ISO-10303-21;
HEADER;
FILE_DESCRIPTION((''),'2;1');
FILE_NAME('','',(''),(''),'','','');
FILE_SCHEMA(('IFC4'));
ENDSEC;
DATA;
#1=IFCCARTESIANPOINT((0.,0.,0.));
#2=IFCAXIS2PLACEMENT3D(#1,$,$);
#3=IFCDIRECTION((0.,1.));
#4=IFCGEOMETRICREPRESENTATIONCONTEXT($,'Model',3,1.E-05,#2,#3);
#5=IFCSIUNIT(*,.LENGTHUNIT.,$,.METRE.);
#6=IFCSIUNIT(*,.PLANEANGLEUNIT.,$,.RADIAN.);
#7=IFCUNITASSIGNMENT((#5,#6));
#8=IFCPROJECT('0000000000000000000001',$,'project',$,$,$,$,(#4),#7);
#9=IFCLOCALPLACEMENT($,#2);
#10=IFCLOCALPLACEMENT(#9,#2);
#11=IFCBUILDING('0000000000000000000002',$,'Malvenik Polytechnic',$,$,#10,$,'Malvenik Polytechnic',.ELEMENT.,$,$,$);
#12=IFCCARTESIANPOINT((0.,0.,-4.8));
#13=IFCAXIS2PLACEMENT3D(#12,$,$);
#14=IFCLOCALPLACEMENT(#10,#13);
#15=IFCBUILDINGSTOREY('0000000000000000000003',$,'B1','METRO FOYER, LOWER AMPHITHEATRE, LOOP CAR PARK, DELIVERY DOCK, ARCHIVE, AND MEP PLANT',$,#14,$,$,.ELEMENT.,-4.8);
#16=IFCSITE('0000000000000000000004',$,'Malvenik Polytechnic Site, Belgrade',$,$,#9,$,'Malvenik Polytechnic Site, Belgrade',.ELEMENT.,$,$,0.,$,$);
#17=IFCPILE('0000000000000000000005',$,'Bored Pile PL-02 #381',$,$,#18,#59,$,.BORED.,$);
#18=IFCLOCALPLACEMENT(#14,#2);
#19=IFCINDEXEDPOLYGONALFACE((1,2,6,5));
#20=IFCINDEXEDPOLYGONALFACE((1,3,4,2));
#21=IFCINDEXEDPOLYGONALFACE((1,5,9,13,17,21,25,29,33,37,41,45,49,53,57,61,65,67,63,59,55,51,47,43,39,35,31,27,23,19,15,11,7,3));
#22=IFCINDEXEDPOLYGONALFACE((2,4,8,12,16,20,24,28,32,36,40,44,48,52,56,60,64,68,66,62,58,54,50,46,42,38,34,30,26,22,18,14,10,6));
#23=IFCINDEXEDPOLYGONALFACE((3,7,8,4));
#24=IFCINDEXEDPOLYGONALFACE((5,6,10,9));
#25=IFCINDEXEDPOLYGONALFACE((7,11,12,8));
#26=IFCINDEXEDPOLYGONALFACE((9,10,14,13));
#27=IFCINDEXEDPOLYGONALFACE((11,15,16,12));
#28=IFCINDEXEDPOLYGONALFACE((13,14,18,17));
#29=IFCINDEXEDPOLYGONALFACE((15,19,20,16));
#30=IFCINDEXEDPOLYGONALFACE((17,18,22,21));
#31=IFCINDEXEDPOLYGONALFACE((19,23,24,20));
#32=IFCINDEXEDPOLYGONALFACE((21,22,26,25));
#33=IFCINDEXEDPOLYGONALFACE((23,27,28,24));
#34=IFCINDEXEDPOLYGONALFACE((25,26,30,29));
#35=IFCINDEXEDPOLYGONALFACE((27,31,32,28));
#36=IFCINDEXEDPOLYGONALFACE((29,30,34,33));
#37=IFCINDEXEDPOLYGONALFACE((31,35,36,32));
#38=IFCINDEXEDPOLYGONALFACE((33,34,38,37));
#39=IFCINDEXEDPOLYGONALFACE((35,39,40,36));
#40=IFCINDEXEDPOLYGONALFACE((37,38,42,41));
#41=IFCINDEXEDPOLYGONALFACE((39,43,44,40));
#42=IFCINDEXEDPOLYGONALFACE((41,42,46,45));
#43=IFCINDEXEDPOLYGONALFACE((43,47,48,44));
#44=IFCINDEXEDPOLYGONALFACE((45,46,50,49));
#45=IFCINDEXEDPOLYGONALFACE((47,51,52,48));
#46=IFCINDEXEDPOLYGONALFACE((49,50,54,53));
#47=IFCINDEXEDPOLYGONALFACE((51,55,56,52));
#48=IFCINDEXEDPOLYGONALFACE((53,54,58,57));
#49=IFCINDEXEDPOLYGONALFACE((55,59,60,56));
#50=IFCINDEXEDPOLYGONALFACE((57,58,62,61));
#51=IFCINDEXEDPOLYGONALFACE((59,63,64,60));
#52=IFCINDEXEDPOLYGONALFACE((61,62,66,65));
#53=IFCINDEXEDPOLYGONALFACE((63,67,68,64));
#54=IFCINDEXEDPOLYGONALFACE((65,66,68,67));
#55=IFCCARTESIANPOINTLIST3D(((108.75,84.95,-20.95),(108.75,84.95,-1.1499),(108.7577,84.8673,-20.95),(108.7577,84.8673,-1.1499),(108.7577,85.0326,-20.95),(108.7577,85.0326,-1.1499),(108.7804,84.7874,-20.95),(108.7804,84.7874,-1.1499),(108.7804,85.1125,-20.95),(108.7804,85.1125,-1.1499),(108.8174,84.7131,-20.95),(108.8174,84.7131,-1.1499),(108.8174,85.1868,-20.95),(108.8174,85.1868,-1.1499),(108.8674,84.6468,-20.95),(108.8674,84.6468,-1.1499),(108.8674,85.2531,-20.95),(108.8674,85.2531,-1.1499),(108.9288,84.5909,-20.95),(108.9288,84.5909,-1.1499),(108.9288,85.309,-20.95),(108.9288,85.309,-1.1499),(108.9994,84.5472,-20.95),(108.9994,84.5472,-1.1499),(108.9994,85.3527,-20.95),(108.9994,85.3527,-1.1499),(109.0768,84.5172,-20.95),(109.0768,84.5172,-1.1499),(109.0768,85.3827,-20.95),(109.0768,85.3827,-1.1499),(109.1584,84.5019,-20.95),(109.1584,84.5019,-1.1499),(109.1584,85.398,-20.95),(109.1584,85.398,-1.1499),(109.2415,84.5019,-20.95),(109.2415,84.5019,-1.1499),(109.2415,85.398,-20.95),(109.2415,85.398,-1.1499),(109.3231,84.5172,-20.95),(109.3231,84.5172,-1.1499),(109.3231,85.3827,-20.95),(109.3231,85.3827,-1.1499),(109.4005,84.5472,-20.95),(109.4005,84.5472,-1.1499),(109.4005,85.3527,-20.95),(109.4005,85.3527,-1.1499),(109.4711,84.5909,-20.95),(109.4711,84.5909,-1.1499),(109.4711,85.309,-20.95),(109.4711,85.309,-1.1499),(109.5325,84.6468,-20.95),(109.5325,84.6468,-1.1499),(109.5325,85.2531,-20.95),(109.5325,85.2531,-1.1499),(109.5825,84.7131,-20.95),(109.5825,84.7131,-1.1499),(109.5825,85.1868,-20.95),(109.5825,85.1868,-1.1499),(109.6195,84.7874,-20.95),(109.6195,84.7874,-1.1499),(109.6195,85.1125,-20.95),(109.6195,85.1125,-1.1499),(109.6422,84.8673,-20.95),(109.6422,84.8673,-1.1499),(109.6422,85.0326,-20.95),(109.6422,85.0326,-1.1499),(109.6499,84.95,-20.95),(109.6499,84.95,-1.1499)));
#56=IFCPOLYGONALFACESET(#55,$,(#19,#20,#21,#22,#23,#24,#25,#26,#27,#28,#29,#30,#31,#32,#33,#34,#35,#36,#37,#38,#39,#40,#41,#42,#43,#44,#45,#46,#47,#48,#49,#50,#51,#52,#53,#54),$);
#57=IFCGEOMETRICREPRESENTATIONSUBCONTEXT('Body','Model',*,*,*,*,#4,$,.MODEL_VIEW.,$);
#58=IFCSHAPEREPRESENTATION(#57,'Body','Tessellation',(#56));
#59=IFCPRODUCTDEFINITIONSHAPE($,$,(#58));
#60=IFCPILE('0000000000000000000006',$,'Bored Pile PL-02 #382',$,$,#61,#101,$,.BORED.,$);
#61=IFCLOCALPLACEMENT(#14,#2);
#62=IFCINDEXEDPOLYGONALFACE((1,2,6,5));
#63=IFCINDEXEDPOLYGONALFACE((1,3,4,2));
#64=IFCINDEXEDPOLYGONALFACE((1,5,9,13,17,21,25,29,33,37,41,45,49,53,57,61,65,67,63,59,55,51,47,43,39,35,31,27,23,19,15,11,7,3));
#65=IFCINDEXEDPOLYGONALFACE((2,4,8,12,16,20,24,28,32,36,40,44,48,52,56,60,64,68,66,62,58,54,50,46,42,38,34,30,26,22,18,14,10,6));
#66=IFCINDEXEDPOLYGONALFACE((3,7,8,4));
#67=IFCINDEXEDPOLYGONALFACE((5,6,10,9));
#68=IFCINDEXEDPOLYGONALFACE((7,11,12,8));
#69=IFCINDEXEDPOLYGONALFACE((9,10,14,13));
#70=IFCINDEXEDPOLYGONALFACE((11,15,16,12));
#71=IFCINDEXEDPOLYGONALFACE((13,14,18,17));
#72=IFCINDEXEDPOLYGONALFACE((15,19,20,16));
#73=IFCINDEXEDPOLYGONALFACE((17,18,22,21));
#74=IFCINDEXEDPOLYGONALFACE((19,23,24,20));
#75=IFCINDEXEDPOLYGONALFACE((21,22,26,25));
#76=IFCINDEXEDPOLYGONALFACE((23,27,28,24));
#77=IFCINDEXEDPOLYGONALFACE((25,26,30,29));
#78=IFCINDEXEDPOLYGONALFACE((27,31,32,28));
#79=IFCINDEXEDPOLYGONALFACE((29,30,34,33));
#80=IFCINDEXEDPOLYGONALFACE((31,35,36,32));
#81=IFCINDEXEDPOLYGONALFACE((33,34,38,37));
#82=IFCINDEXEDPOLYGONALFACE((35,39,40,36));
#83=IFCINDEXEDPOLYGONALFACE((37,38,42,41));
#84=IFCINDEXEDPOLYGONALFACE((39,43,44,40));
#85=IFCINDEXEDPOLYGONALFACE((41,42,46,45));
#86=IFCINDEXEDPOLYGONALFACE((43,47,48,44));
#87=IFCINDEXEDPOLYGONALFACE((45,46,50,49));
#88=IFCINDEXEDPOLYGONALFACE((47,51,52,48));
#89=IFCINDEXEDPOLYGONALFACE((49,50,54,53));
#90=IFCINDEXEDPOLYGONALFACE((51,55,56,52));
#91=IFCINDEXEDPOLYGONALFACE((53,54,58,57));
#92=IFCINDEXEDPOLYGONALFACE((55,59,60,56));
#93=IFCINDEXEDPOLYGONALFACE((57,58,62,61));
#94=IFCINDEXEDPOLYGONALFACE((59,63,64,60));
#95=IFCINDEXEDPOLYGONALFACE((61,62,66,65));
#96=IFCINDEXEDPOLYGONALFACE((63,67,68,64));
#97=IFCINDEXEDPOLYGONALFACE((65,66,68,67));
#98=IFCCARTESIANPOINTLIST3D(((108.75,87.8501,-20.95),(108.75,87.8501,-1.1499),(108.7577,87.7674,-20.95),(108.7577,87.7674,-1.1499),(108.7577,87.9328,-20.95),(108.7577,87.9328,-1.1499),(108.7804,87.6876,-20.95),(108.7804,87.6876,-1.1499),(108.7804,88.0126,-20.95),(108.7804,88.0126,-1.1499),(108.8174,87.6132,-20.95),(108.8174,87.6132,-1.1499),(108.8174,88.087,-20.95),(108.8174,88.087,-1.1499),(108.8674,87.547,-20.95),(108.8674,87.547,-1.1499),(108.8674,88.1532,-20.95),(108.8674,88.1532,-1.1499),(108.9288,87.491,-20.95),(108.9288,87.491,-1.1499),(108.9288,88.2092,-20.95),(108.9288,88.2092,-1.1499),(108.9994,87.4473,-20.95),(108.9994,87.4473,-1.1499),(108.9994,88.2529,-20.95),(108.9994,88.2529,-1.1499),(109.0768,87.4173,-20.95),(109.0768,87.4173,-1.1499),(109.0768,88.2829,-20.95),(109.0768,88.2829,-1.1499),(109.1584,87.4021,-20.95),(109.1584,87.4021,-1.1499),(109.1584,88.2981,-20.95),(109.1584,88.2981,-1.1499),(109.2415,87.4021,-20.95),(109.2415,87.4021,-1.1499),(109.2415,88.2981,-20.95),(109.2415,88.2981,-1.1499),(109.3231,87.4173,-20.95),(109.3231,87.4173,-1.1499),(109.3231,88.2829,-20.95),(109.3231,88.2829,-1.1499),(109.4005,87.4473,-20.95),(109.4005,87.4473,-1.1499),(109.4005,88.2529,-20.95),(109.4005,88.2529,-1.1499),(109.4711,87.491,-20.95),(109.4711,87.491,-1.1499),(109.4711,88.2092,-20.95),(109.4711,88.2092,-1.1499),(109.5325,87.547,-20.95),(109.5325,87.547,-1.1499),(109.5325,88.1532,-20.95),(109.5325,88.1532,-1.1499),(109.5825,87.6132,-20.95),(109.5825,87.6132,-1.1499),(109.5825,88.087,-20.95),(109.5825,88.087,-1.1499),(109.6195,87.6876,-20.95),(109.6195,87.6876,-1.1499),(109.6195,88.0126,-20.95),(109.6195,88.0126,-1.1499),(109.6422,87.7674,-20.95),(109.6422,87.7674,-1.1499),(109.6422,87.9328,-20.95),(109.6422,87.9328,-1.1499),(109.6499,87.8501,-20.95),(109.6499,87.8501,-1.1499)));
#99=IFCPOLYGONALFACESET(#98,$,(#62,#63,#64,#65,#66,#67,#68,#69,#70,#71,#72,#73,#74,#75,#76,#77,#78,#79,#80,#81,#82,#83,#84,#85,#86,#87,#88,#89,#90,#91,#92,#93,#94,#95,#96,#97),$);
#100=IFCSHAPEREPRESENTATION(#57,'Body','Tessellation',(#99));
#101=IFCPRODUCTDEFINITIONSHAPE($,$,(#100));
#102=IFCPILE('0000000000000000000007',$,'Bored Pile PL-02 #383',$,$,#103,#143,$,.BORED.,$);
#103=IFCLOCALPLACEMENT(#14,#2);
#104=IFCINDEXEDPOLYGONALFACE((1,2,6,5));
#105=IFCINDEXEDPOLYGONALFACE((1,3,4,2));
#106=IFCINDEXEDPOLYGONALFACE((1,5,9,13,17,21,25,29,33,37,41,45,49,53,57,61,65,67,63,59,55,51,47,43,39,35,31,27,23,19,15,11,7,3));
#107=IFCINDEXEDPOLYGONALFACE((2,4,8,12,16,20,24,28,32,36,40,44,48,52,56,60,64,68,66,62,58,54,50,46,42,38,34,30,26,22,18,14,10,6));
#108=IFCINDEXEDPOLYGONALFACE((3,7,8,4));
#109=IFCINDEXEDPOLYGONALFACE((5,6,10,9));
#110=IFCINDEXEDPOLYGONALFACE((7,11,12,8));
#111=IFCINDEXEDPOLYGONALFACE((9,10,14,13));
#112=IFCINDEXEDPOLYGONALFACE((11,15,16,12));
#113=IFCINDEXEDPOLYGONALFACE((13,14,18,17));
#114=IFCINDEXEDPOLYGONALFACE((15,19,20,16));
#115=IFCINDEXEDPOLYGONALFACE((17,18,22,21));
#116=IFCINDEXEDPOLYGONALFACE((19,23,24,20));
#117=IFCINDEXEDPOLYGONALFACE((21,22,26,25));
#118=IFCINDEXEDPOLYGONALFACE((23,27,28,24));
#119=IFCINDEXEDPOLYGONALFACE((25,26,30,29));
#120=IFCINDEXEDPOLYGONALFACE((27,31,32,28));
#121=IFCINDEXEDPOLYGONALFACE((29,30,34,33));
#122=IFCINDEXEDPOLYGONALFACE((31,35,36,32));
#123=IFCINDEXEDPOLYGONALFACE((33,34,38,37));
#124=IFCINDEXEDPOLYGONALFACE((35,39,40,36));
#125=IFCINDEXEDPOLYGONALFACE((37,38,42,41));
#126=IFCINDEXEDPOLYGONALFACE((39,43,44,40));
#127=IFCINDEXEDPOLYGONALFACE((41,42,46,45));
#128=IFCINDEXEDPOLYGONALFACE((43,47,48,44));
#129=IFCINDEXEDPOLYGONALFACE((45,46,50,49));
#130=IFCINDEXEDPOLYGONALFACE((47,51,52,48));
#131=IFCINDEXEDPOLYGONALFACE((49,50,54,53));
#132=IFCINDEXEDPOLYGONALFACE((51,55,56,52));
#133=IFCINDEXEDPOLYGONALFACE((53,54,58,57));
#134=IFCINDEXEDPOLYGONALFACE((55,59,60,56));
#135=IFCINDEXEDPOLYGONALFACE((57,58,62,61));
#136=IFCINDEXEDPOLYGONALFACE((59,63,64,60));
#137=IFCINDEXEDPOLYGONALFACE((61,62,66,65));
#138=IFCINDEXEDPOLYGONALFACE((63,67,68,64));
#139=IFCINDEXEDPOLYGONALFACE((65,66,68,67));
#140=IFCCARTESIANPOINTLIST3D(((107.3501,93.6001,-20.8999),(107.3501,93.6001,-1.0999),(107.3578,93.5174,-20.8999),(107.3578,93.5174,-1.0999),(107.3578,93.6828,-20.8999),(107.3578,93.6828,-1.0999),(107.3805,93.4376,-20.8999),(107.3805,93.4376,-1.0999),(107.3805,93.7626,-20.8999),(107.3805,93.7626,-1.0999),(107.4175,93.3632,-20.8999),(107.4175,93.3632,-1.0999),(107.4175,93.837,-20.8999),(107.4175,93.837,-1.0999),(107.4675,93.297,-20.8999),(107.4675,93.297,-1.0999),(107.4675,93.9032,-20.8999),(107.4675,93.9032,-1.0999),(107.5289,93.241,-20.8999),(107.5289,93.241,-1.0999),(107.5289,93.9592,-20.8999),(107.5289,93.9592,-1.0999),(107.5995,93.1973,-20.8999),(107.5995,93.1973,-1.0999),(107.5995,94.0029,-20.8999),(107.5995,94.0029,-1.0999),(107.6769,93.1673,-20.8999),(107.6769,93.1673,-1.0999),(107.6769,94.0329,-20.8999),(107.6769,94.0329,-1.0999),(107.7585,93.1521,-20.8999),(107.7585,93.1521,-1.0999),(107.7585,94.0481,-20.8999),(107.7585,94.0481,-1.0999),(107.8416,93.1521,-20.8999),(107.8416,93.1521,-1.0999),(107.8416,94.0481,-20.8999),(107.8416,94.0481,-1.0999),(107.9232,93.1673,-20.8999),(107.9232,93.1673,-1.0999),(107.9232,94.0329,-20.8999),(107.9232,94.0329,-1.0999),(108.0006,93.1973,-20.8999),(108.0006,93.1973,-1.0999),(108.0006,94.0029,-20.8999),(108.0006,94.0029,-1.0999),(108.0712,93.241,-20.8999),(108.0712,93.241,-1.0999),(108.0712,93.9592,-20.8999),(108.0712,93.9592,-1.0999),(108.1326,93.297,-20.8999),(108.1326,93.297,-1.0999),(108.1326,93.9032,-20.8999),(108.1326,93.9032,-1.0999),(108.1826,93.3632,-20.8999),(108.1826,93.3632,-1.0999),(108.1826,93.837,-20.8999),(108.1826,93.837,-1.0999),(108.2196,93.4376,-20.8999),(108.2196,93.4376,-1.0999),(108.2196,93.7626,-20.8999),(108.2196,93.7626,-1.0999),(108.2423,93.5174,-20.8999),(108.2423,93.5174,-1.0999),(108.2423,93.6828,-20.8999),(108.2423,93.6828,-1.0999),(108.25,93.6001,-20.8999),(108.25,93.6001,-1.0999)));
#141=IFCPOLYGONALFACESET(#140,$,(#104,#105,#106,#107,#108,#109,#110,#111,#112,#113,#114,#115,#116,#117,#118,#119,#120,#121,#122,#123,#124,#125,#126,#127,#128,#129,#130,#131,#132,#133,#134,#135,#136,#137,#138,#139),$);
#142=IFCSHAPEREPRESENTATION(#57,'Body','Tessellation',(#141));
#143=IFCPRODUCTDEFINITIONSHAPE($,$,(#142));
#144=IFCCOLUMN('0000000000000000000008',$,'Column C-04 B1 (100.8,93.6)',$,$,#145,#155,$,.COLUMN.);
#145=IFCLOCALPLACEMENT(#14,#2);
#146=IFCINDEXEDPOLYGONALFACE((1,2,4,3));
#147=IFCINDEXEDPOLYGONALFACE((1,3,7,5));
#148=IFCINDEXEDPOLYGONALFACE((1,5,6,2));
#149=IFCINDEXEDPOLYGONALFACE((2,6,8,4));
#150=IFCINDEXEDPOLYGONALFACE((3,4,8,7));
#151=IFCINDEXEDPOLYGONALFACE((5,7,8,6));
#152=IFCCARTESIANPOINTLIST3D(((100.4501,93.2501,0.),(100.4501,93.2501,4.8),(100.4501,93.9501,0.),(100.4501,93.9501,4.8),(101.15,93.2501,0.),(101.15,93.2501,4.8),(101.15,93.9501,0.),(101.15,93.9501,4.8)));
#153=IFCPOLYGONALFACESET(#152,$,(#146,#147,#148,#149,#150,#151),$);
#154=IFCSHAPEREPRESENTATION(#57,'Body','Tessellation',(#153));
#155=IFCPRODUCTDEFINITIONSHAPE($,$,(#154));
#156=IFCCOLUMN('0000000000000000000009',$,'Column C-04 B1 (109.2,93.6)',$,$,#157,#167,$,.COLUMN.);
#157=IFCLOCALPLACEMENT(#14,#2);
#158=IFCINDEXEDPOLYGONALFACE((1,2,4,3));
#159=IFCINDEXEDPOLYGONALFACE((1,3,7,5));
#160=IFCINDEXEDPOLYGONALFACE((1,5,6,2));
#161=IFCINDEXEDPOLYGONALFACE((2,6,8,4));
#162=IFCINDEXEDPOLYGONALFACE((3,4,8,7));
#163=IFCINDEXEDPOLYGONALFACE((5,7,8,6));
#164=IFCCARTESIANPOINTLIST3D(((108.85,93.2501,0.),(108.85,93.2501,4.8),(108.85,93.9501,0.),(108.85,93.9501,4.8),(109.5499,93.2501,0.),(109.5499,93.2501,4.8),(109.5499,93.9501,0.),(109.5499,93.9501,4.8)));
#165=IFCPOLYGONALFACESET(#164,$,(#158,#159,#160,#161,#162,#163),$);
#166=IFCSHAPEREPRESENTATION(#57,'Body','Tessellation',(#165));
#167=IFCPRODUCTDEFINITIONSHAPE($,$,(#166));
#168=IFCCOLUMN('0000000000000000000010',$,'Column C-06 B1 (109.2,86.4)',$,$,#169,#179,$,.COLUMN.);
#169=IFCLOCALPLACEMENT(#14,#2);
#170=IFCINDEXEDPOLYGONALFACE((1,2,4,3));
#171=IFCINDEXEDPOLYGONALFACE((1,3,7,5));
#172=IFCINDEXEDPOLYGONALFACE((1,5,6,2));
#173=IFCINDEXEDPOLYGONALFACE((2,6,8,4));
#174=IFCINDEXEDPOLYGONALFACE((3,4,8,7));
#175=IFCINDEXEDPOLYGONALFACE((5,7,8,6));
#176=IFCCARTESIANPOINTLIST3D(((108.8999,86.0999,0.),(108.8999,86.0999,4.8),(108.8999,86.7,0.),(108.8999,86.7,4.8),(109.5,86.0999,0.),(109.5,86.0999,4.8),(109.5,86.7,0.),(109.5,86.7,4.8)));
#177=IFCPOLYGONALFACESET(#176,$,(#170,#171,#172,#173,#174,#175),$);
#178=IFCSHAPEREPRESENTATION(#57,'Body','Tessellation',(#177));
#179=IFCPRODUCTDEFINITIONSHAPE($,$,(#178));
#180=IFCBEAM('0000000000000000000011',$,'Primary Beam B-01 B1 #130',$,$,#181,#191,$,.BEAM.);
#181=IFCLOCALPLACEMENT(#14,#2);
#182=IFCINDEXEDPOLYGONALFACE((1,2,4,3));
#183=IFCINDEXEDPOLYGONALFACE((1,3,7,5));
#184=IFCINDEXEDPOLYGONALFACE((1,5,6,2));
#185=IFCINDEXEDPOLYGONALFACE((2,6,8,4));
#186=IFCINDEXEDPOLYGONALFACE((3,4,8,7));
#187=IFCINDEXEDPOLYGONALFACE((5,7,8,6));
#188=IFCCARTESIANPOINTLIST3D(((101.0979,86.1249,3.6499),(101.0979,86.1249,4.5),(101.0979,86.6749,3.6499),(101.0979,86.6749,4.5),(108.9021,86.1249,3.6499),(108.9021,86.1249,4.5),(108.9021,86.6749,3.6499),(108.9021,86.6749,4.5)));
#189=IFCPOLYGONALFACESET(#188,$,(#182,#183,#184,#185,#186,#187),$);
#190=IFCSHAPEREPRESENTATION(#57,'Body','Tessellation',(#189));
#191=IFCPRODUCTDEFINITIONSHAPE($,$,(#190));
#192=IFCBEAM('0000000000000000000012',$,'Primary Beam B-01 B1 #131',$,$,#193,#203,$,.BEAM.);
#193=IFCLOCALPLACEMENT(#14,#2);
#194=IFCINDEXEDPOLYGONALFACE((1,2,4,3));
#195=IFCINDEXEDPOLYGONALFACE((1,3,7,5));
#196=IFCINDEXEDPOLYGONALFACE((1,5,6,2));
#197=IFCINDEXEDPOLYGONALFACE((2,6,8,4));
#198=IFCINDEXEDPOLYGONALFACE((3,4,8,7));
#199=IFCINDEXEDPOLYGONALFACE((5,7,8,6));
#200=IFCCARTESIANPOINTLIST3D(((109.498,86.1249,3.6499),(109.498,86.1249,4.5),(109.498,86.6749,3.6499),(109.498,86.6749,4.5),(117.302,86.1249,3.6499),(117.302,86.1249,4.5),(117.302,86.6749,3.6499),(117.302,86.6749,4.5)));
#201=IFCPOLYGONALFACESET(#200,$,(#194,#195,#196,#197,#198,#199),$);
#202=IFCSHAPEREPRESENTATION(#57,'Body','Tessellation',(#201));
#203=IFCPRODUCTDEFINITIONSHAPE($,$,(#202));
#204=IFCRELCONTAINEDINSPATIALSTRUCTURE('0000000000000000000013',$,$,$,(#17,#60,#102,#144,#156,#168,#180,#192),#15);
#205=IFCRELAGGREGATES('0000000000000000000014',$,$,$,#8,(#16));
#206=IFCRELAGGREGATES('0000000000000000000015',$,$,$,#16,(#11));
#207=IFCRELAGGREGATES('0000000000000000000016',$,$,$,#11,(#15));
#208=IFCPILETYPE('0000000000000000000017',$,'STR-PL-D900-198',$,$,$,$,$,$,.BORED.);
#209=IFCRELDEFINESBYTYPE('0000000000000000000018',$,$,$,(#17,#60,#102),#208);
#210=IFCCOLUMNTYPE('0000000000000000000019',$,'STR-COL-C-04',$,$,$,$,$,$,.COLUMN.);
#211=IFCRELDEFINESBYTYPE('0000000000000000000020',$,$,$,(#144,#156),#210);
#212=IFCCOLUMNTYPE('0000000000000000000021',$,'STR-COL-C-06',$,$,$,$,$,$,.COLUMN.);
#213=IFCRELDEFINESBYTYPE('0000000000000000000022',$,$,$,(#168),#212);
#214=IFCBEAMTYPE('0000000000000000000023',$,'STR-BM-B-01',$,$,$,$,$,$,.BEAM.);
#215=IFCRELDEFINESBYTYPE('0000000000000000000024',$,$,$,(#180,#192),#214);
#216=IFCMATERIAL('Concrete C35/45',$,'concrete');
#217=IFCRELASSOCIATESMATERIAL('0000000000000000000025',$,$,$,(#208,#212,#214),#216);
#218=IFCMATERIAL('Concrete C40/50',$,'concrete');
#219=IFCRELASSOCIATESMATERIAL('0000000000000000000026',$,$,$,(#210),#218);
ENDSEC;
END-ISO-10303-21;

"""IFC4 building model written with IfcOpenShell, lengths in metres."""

from ifc_helpers import new_model, si_unit, direction, frame, origin, origin_2d, place, context, subcontext, project, spatial, rectangle, circle, extrude, material, material_profile, profile_set, type_object, element, save


model = new_model("IFC4")

# Units and contexts
model_context = context("Model", 3, precision=1e-05, world=origin(), true_north=direction((0.0, 1.0)))
body_context = subcontext(model_context, "Body", "Model", "MODEL_VIEW")
ifc_project = project(units=[si_unit("LENGTHUNIT", "METRE"), si_unit("PLANEANGLEUNIT", "RADIAN")], contexts=[model_context])

# Site, building, storey
site_placement = place(None, origin())
site = spatial("IfcSite", under=ifc_project, at=site_placement, Name="Malvenik Polytechnic Site, Belgrade", LongName="Malvenik Polytechnic Site, Belgrade", CompositionType="ELEMENT", RefElevation=0.0)
building_placement = place(site_placement, origin())
building = spatial("IfcBuilding", under=site, at=building_placement, Name="Malvenik Polytechnic", LongName="Malvenik Polytechnic", CompositionType="ELEMENT")
storey_placement = place(building_placement, frame((0.0, 0.0, -4.8)))
storey = spatial("IfcBuildingStorey", under=building, at=storey_placement, Name="B1", Description="METRO FOYER, LOWER AMPHITHEATRE, LOOP CAR PARK, DELIVERY DOCK, ARCHIVE, AND MEP PLANT", CompositionType="ELEMENT", Elevation=-4.8)

# Shared definitions
ifc_material_1 = material(Name="Concrete C35/45", Category="concrete")

# Piles
ifc_material_profile_1 = material_profile(ifc_material_1, circle(Radius=0.45, at=origin_2d()), Name="BORED PILE D900")
ifc_profile_set_1 = profile_set([ifc_material_profile_1], Name="Concrete C35/45")
pile_type = type_object("IfcPileType", Name="STR-PL-D900-198", PredefinedType="BORED", material=ifc_profile_set_1)
for number, where, z_axis, x_axis, name in (
    (1, (109.2, 84.95, -1.1499), (0.0, 0.0, -1.0), (1.0, 0.0, 0.0), "Bored Pile PL-02 #381"),
    (2, (109.2, 87.8501, -1.1499), (0.0, 0.0, -1.0), (1.0, 0.0, 0.0), "Bored Pile PL-02 #382"),
    (3, (107.8, 93.6001, -1.0999), (0.0, 0.0, -1.0), (1.0, 0.0, 0.0), "Bored Pile PL-02 #383"),
):
    element("IfcPile", number, at=place(storey_placement, frame(where, z_axis=z_axis, x_axis=x_axis)), inside=storey, type_object=pile_type, Name=name, PredefinedType="BORED", context=body_context, shape_type="SweptSolid", body=[
        extrude(circle(Radius=0.45, at=origin_2d()), origin(), (0.0, 0.0, 1.0), 19.8),
    ])

# Columns
ifc_material_2 = material(Name="Concrete C40/50", Category="concrete")
ifc_material_profile_2 = material_profile(ifc_material_2, rectangle(XDim=0.7, YDim=0.7, at=origin_2d()), Name="RC COL 700x700")
ifc_profile_set_2 = profile_set([ifc_material_profile_2], Name="Concrete C40/50")
column_type_1 = type_object("IfcColumnType", Name="STR-COL-C-04", PredefinedType="COLUMN", material=ifc_profile_set_2)
for number, where, z_axis, x_axis, name in (
    (4, (100.8, 93.6001, 0.0), (0.0, 0.0, 1.0), (1.0, 0.0, 0.0), "Column C-04 B1 (100.8,93.6)"),
    (5, (109.2, 93.6001, 0.0), (0.0, 0.0, 1.0), (1.0, 0.0, 0.0), "Column C-04 B1 (109.2,93.6)"),
):
    element("IfcColumn", number, at=place(storey_placement, frame(where, z_axis=z_axis, x_axis=x_axis)), inside=storey, type_object=column_type_1, Name=name, PredefinedType="COLUMN", context=body_context, shape_type="SweptSolid", body=[
        extrude(rectangle(XDim=0.7, YDim=0.7, at=origin_2d()), origin(), (0.0, 0.0, 1.0), 4.8),
    ])
ifc_material_profile_3 = material_profile(ifc_material_1, rectangle(XDim=0.6001, YDim=0.6001, at=origin_2d()), Name="RC COL 600x600")
ifc_profile_set_3 = profile_set([ifc_material_profile_3], Name="Concrete C35/45")
column_type_2 = type_object("IfcColumnType", Name="STR-COL-C-06", PredefinedType="COLUMN", material=ifc_profile_set_3)
column_placement = place(storey_placement, frame((109.2, 86.3999, 0.0), z_axis=(0.0, 0.0, 1.0), x_axis=(1.0, 0.0, 0.0)))
element("IfcColumn", 6, at=column_placement, inside=storey, type_object=column_type_2, Name="Column C-06 B1 (109.2,86.4)", PredefinedType="COLUMN", context=body_context, shape_type="SweptSolid", body=[
    extrude(rectangle(XDim=0.6001, YDim=0.6001, at=origin_2d()), origin(), (0.0, 0.0, 1.0), 4.8),
])

# Beams
ifc_material_profile_4 = material_profile(ifc_material_1, rectangle(XDim=0.55, YDim=0.8501, at=origin_2d()), Name="RC BM 550x850")
ifc_profile_set_4 = profile_set([ifc_material_profile_4], Name="Concrete C35/45")
beam_type_1 = type_object("IfcBeamType", Name="STR-BM-B-01", PredefinedType="BEAM", material=ifc_profile_set_4)
beam_1_placement = place(storey_placement, frame((101.0979, 86.3999, 4.075), z_axis=(1.0, 0.0, 0.0), x_axis=(0.0, 1.0, 0.0)))
element("IfcBeam", 7, at=beam_1_placement, inside=storey, type_object=beam_type_1, Name="Primary Beam B-01 B1 #130", PredefinedType="BEAM", context=body_context, shape_type="SweptSolid", body=[
    extrude(rectangle(XDim=0.55, YDim=0.8501, at=origin_2d()), origin(), (0.0, 0.0, 1.0), 7.8042),
])
beam_2_placement = place(storey_placement, frame((109.498, 86.3999, 4.075), z_axis=(1.0, 0.0, 0.0), x_axis=(0.0, 1.0, 0.0)))
element("IfcBeam", 8, at=beam_2_placement, inside=storey, type_object=beam_type_1, Name="Primary Beam B-01 B1 #131", PredefinedType="BEAM", context=body_context, shape_type="SweptSolid", body=[
    extrude(rectangle(XDim=0.55, YDim=0.8501, at=origin_2d()), origin(), (0.0, 0.0, 1.0), 7.804),
])

save(model, "model.ifc")
